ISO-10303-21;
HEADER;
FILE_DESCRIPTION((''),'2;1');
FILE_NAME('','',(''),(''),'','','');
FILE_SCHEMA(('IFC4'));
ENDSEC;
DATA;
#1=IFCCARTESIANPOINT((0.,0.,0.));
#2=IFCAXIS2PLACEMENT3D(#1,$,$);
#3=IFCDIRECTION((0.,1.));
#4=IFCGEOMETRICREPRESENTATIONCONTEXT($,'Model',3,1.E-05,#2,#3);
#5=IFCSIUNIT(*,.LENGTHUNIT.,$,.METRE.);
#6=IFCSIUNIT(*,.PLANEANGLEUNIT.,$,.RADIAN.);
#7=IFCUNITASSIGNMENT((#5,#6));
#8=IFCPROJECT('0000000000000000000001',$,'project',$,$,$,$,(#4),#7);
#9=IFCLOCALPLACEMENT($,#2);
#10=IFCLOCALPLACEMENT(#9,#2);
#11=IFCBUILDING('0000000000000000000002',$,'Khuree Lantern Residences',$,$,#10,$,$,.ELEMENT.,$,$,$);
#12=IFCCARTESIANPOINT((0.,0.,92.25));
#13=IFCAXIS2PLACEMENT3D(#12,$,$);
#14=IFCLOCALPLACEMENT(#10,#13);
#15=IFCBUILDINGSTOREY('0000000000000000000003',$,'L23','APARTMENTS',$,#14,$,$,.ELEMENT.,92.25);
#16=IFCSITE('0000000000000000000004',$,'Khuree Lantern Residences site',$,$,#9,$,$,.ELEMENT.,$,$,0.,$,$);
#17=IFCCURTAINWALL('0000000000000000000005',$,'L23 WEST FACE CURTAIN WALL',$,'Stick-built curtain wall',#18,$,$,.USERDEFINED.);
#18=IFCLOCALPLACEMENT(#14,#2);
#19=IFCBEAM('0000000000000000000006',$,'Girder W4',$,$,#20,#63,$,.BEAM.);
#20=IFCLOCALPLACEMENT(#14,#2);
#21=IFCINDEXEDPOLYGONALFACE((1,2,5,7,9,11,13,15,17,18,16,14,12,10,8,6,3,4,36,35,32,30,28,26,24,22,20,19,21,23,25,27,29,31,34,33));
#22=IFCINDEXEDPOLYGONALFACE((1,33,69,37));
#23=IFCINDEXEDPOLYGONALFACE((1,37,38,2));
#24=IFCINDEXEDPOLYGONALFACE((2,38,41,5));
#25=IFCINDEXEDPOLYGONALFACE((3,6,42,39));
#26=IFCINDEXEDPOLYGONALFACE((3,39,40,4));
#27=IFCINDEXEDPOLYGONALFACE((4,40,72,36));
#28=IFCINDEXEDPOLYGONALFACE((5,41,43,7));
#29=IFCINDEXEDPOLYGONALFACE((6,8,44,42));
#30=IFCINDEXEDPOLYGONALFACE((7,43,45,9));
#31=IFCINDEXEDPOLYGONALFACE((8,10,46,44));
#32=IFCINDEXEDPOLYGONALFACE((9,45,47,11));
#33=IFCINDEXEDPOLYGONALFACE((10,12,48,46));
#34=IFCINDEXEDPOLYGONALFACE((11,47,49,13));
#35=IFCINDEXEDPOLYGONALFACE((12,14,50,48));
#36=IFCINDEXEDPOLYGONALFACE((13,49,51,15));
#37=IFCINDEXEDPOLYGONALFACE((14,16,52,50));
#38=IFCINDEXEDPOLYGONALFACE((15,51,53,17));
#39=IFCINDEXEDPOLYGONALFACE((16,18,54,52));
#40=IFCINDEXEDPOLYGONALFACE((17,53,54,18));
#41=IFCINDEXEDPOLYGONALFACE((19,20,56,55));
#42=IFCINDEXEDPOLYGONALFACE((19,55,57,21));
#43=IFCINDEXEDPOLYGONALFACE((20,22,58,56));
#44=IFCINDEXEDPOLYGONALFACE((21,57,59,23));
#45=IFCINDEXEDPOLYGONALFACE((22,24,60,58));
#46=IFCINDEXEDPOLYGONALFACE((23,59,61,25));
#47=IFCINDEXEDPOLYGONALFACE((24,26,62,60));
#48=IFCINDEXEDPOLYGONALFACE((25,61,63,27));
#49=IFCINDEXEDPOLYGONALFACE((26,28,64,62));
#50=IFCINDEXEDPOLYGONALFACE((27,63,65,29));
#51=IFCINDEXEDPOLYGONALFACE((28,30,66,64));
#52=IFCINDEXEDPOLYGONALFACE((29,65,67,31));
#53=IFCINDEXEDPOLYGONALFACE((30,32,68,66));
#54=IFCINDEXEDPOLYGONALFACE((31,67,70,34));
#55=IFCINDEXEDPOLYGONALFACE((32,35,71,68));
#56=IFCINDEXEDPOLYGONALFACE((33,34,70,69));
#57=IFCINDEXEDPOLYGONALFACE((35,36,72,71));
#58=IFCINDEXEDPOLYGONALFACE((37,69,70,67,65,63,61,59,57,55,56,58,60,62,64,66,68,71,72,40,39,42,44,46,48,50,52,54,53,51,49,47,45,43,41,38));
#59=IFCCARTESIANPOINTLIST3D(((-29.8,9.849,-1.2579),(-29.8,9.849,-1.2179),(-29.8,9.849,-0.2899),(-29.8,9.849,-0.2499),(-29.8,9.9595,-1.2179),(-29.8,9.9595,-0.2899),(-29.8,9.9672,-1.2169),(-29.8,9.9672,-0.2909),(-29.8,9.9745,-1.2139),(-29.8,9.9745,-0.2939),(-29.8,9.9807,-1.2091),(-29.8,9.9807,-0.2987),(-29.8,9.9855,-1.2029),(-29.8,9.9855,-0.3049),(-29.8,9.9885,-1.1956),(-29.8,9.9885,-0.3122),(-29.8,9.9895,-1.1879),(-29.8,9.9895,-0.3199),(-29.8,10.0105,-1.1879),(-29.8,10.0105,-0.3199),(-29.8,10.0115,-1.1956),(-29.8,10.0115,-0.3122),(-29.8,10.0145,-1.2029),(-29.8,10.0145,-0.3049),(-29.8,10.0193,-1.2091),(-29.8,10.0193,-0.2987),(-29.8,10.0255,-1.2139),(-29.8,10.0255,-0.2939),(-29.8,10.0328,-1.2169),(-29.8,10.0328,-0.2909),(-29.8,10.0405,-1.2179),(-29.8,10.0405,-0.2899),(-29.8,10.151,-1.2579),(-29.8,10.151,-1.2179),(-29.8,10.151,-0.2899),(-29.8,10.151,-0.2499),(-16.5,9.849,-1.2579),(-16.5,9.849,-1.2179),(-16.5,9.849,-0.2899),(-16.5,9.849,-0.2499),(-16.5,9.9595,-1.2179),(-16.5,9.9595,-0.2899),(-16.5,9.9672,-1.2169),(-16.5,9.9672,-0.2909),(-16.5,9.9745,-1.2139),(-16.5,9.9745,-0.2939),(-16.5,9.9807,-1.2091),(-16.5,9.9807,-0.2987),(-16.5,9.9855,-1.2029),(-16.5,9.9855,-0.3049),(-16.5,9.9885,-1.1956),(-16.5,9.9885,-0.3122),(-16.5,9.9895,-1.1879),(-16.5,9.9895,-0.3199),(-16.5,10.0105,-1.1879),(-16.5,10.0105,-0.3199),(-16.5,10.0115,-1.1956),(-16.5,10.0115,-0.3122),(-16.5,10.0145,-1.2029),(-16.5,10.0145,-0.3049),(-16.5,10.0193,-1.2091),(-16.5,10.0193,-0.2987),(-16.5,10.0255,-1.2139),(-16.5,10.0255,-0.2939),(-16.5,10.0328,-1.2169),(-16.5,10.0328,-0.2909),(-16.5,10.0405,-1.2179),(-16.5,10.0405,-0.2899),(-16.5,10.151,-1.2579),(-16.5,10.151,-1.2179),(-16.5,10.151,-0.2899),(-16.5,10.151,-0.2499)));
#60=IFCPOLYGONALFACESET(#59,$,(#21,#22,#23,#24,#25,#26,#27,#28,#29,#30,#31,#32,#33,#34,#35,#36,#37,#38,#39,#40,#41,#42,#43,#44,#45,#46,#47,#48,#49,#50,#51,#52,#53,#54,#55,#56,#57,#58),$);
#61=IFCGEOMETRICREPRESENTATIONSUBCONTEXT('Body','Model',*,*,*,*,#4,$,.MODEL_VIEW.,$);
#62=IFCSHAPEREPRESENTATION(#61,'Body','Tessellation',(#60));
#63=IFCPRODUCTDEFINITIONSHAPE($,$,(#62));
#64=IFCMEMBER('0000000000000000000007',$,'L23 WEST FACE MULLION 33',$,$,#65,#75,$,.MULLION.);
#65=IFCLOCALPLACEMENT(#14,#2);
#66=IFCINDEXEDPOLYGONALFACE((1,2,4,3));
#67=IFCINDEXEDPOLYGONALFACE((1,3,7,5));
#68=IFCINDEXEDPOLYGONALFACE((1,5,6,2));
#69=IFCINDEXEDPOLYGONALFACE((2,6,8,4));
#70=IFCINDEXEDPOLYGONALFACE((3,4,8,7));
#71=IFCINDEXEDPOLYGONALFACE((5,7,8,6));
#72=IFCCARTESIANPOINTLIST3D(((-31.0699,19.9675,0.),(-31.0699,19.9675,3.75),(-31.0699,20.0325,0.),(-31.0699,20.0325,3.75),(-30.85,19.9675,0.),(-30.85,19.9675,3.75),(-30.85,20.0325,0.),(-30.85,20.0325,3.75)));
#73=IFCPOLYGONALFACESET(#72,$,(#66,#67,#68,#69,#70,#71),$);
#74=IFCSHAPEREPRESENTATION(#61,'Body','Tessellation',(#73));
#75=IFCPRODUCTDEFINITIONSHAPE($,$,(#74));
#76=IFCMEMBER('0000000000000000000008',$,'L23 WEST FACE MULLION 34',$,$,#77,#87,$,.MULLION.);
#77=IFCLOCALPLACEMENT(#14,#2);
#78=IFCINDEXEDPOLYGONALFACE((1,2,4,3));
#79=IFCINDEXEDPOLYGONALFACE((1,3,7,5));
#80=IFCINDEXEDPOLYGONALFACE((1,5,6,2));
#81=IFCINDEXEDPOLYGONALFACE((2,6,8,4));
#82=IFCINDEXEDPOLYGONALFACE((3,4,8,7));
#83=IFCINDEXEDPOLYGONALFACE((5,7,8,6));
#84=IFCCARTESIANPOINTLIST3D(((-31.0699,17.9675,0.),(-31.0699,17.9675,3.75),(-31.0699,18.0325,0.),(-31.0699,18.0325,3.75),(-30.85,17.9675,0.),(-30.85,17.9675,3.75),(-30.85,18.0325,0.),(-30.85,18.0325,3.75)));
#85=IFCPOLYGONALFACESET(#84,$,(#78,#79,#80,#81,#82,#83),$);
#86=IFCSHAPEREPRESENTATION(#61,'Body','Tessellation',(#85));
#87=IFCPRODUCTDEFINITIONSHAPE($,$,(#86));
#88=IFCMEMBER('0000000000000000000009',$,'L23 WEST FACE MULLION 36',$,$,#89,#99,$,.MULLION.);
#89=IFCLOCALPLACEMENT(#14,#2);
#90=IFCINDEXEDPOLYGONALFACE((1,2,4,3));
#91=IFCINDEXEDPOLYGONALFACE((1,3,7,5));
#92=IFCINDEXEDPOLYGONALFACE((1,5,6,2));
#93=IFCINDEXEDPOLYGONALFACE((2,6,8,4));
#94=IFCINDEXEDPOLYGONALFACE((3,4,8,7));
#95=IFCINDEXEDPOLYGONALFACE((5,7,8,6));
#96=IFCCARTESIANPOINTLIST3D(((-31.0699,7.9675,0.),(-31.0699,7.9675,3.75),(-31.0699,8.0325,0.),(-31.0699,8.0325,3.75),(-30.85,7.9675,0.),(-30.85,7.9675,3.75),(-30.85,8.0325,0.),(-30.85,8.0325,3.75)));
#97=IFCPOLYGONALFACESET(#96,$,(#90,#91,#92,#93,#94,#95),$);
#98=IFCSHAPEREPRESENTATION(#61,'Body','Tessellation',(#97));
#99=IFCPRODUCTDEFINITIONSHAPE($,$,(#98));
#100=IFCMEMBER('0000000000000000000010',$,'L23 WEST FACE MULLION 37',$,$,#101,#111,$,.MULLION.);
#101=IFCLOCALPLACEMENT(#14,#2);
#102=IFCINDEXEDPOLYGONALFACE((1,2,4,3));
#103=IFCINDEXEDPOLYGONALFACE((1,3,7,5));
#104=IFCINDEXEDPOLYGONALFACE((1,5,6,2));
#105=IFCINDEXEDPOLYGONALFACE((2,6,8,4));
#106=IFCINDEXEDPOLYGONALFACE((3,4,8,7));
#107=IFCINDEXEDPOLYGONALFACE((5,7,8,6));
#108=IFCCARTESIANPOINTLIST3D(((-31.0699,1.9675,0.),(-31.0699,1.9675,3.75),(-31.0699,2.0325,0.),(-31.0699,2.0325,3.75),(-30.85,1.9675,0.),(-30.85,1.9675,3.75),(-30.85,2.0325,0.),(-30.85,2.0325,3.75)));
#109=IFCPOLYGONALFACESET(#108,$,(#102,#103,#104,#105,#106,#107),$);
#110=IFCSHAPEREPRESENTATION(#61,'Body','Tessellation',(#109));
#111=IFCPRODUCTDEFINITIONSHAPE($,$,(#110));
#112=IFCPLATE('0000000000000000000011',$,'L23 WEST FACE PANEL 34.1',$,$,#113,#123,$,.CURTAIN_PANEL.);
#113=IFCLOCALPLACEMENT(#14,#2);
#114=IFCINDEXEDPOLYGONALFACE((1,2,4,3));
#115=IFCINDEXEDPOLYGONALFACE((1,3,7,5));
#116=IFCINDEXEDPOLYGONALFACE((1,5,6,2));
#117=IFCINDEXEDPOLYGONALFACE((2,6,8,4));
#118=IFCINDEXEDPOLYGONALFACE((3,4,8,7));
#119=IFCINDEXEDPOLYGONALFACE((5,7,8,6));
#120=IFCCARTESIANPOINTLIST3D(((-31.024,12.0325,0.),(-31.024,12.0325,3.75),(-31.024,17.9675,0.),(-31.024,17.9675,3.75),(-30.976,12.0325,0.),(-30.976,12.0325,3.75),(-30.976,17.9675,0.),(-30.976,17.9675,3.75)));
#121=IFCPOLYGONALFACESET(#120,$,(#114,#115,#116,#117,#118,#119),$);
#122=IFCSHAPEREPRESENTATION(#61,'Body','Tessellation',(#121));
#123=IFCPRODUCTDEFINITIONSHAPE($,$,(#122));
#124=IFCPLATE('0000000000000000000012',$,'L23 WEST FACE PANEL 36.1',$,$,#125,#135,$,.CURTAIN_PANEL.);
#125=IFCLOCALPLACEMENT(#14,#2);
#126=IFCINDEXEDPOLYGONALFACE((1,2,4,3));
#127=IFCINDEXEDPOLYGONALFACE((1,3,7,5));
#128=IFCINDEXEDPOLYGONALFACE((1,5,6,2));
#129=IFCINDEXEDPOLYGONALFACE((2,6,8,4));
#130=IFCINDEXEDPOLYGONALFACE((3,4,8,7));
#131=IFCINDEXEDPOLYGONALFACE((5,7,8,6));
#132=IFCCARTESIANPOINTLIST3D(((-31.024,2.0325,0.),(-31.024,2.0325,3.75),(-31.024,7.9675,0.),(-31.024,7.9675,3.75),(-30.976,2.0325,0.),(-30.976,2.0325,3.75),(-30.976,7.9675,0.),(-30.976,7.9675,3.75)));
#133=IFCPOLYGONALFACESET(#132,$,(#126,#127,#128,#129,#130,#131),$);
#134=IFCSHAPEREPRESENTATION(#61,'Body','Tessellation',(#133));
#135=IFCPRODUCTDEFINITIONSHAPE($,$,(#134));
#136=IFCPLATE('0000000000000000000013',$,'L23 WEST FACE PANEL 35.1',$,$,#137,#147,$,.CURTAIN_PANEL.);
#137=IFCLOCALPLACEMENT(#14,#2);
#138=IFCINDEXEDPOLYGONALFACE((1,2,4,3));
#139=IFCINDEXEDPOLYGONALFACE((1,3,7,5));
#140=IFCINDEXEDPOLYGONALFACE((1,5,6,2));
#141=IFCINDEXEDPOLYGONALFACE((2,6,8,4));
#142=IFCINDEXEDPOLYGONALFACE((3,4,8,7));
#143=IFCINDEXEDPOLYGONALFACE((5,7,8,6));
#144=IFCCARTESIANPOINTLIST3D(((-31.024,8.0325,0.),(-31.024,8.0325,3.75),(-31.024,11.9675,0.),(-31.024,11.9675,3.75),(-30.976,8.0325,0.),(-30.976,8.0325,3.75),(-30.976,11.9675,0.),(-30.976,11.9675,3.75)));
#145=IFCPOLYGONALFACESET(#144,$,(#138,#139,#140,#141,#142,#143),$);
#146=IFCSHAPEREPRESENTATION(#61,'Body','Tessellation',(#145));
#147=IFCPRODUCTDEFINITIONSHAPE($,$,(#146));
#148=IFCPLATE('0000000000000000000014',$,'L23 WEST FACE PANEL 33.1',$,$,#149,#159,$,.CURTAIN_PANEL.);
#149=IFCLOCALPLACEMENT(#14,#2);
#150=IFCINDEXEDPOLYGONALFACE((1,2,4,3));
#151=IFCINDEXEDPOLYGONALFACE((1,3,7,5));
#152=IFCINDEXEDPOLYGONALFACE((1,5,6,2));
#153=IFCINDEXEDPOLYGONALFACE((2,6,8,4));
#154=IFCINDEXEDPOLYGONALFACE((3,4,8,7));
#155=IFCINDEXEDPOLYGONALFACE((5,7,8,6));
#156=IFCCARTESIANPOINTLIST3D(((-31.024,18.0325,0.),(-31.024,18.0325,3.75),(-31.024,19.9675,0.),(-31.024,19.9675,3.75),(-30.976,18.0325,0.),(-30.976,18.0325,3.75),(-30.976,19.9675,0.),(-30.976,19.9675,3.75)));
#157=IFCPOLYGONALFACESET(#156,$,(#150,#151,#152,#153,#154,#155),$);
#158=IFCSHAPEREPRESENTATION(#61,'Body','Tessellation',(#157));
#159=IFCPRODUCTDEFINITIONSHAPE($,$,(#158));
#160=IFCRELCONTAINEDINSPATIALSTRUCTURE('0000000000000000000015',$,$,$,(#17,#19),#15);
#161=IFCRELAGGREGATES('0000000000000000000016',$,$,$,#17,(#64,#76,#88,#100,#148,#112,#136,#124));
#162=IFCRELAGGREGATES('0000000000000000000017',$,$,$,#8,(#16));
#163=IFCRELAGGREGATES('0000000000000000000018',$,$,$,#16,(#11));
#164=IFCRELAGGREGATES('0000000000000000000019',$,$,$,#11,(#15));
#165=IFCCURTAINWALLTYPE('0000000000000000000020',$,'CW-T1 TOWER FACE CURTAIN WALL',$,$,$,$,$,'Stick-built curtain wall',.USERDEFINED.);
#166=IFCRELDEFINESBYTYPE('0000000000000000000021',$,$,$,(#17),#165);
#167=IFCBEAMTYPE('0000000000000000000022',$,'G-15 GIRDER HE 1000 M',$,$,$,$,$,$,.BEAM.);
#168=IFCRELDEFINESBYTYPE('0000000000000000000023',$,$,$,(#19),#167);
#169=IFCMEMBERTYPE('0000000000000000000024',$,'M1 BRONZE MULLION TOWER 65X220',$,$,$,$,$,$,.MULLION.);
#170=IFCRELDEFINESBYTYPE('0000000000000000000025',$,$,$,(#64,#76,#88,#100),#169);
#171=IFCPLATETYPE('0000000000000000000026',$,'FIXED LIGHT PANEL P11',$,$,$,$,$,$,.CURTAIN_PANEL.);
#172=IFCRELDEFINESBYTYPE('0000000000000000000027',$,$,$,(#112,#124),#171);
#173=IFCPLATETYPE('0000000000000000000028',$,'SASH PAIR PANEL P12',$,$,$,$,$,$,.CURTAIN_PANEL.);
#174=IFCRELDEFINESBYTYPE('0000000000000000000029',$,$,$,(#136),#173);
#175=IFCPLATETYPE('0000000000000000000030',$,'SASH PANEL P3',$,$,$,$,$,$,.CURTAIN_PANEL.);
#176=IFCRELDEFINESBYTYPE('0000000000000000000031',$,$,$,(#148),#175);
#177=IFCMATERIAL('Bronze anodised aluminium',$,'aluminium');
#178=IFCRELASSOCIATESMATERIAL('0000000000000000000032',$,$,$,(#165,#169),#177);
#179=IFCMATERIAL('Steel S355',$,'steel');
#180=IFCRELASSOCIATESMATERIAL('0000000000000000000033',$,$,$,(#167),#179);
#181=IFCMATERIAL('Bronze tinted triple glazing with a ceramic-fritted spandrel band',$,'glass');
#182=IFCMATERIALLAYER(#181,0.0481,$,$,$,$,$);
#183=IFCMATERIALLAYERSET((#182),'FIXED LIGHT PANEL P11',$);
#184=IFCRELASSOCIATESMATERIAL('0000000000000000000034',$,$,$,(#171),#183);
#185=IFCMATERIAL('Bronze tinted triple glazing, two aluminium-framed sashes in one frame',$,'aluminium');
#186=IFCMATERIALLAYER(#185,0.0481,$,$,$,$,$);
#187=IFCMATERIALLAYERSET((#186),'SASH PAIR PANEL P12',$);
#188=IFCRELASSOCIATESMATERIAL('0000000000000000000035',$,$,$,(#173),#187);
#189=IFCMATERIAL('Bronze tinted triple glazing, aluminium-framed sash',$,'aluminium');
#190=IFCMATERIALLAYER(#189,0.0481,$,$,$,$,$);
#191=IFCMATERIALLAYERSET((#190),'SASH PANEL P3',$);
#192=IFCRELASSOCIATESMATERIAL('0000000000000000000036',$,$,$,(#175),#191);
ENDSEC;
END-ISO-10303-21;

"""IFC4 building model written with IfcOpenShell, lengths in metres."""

from ifc_helpers import new_model, si_unit, direction, frame, origin, origin_2d, place, context, subcontext, project, spatial, rectangle, i_section, extrude, material, layer, layer_set, material_profile, profile_set, type_object, element, aggregate, save


model = new_model("IFC4")

# Units and contexts
model_context = context("Model", 3, precision=1e-05, world=origin(), true_north=direction((0.0, 1.0)))
body_context = subcontext(model_context, "Body", "Model", "MODEL_VIEW")
ifc_project = project(units=[si_unit("LENGTHUNIT", "METRE"), si_unit("PLANEANGLEUNIT", "RADIAN")], contexts=[model_context])

# Site, building, storey
site_placement = place(None, origin())
site = spatial("IfcSite", under=ifc_project, at=site_placement, Name="Khuree Lantern Residences site", CompositionType="ELEMENT", RefElevation=0.0)
building_placement = place(site_placement, origin())
building = spatial("IfcBuilding", under=site, at=building_placement, Name="Khuree Lantern Residences", CompositionType="ELEMENT")
storey_placement = place(building_placement, frame((0.0, 0.0, 92.25)))
storey = spatial("IfcBuildingStorey", under=building, at=storey_placement, Name="L23", Description="APARTMENTS", CompositionType="ELEMENT", Elevation=92.25)

# Shared definitions
ifc_material_1 = material(Name="Steel S355", Category="steel")

# Curtain wall
ifc_material_2 = material(Name="Bronze anodised aluminium", Category="aluminium")
curtain_wall_type = type_object("IfcCurtainWallType", Name="CW-T1 TOWER FACE CURTAIN WALL", ElementType="Stick-built curtain wall", PredefinedType="USERDEFINED", material=ifc_material_2)
curtain_wall_placement = place(storey_placement, origin())
curtain_wall = element("IfcCurtainWall", 1, at=curtain_wall_placement, inside=storey, type_object=curtain_wall_type, Name="L23 WEST FACE CURTAIN WALL", ObjectType="Stick-built curtain wall", PredefinedType="USERDEFINED")

# Beam
ifc_material_profile_1 = material_profile(ifc_material_1, i_section(OverallWidth=0.302, OverallDepth=1.0081, WebThickness=0.021, FlangeThickness=0.04, FilletRadius=0.03, at=origin_2d()), Name="HE 1000 M")
ifc_profile_set_1 = profile_set([ifc_material_profile_1], Name="Steel S355")
beam_type_1 = type_object("IfcBeamType", Name="G-15 GIRDER HE 1000 M", PredefinedType="BEAM", material=ifc_profile_set_1)
beam_1_placement = place(storey_placement, frame((-29.8, 10.0, -0.7539), z_axis=(1.0, 0.0, 0.0), x_axis=(0.0, 1.0, 0.0)))
element("IfcBeam", 2, at=beam_1_placement, inside=storey, type_object=beam_type_1, Name="Girder W4", PredefinedType="BEAM", context=body_context, shape_type="SweptSolid", body=[
    extrude(i_section(OverallWidth=0.302, OverallDepth=1.0081, WebThickness=0.021, FlangeThickness=0.04, FilletRadius=0.03, at=origin_2d()), origin(), (0.0, 0.0, 1.0), 13.3),
])

# Members
ifc_material_profile_2 = material_profile(ifc_material_2, rectangle(XDim=0.0649, YDim=0.22, at=origin_2d()), Name="M1 65X220")
ifc_profile_set_2 = profile_set([ifc_material_profile_2], Name="Bronze anodised aluminium")
member_type_1 = type_object("IfcMemberType", Name="M1 BRONZE MULLION TOWER 65X220", PredefinedType="MULLION", material=ifc_profile_set_2)
member_1_placement = place(storey_placement, frame((-30.96, 20.0, 0.0), z_axis=(0.0, 0.0, 1.0), x_axis=(0.0, -1.0, 0.0)))
member_1 = element("IfcMember", 3, at=member_1_placement, type_object=member_type_1, Name="L23 WEST FACE MULLION 33", PredefinedType="MULLION", context=body_context, shape_type="SweptSolid", body=[
    extrude(rectangle(XDim=0.0649, YDim=0.22, at=origin_2d()), origin(), (0.0, 0.0, 1.0), 3.75),
])
member_2_placement = place(storey_placement, frame((-30.96, 18.0, 0.0), z_axis=(0.0, 0.0, 1.0), x_axis=(0.0, -1.0, 0.0)))
member_2 = element("IfcMember", 4, at=member_2_placement, type_object=member_type_1, Name="L23 WEST FACE MULLION 34", PredefinedType="MULLION", context=body_context, shape_type="SweptSolid", body=[
    extrude(rectangle(XDim=0.0649, YDim=0.22, at=origin_2d()), origin(), (0.0, 0.0, 1.0), 3.75),
])
member_3_placement = place(storey_placement, frame((-30.96, 8.0, 0.0), z_axis=(0.0, 0.0, 1.0), x_axis=(0.0, -1.0, 0.0)))
member_3 = element("IfcMember", 5, at=member_3_placement, type_object=member_type_1, Name="L23 WEST FACE MULLION 36", PredefinedType="MULLION", context=body_context, shape_type="SweptSolid", body=[
    extrude(rectangle(XDim=0.0649, YDim=0.22, at=origin_2d()), origin(), (0.0, 0.0, 1.0), 3.75),
])
member_4_placement = place(storey_placement, frame((-30.96, 2.0, 0.0), z_axis=(0.0, 0.0, 1.0), x_axis=(0.0, -1.0, 0.0)))
member_4 = element("IfcMember", 6, at=member_4_placement, type_object=member_type_1, Name="L23 WEST FACE MULLION 37", PredefinedType="MULLION", context=body_context, shape_type="SweptSolid", body=[
    extrude(rectangle(XDim=0.0649, YDim=0.22, at=origin_2d()), origin(), (0.0, 0.0, 1.0), 3.75),
])

# Plates
ifc_material_3 = material(Name="Bronze tinted triple glazing with a ceramic-fritted spandrel band", Category="glass")
ifc_layer_1 = layer(ifc_material_3, 0.0481)
ifc_layer_set_1 = layer_set([ifc_layer_1], Name="FIXED LIGHT PANEL P11")
plate_type_1 = type_object("IfcPlateType", Name="FIXED LIGHT PANEL P11", PredefinedType="CURTAIN_PANEL", material=ifc_layer_set_1)
plate_1_placement = place(storey_placement, frame((-31.0, 15.0, 0.0), z_axis=(0.0, 0.0, 1.0), x_axis=(0.0, -1.0, 0.0)))
plate_1 = element("IfcPlate", 7, at=plate_1_placement, type_object=plate_type_1, Name="L23 WEST FACE PANEL 34.1", PredefinedType="CURTAIN_PANEL", context=body_context, shape_type="SweptSolid", body=[
    extrude(rectangle(XDim=5.9351, YDim=0.0481, at=origin_2d()), origin(), (0.0, 0.0, 1.0), 3.75),
])
plate_2_placement = place(storey_placement, frame((-31.0, 5.0, 0.0), z_axis=(0.0, 0.0, 1.0), x_axis=(0.0, -1.0, 0.0)))
plate_2 = element("IfcPlate", 8, at=plate_2_placement, type_object=plate_type_1, Name="L23 WEST FACE PANEL 36.1", PredefinedType="CURTAIN_PANEL", context=body_context, shape_type="SweptSolid", body=[
    extrude(rectangle(XDim=5.9351, YDim=0.0481, at=origin_2d()), origin(), (0.0, 0.0, 1.0), 3.75),
])
ifc_material_4 = material(Name="Bronze tinted triple glazing, two aluminium-framed sashes in one frame", Category="aluminium")
ifc_layer_2 = layer(ifc_material_4, 0.0481)
ifc_layer_set_2 = layer_set([ifc_layer_2], Name="SASH PAIR PANEL P12")
plate_type_2 = type_object("IfcPlateType", Name="SASH PAIR PANEL P12", PredefinedType="CURTAIN_PANEL", material=ifc_layer_set_2)
plate_3_placement = place(storey_placement, frame((-31.0, 10.0, 0.0), z_axis=(0.0, 0.0, 1.0), x_axis=(0.0, -1.0, 0.0)))
plate_3 = element("IfcPlate", 9, at=plate_3_placement, type_object=plate_type_2, Name="L23 WEST FACE PANEL 35.1", PredefinedType="CURTAIN_PANEL", context=body_context, shape_type="SweptSolid", body=[
    extrude(rectangle(XDim=3.9351, YDim=0.0481, at=origin_2d()), origin(), (0.0, 0.0, 1.0), 3.75),
])
ifc_material_5 = material(Name="Bronze tinted triple glazing, aluminium-framed sash", Category="aluminium")
ifc_layer_3 = layer(ifc_material_5, 0.0481)
ifc_layer_set_3 = layer_set([ifc_layer_3], Name="SASH PANEL P3")
plate_type_3 = type_object("IfcPlateType", Name="SASH PANEL P3", PredefinedType="CURTAIN_PANEL", material=ifc_layer_set_3)
plate_4_placement = place(storey_placement, frame((-31.0, 19.0, 0.0), z_axis=(0.0, 0.0, 1.0), x_axis=(0.0, -1.0, 0.0)))
plate_4 = element("IfcPlate", 10, at=plate_4_placement, type_object=plate_type_3, Name="L23 WEST FACE PANEL 33.1", PredefinedType="CURTAIN_PANEL", context=body_context, shape_type="SweptSolid", body=[
    extrude(rectangle(XDim=1.9351, YDim=0.0481, at=origin_2d()), origin(), (0.0, 0.0, 1.0), 3.75),
])
aggregate(curtain_wall, [member_1, member_2, member_3, member_4, plate_4, plate_1, plate_3, plate_2])

save(model, "model.ifc")
